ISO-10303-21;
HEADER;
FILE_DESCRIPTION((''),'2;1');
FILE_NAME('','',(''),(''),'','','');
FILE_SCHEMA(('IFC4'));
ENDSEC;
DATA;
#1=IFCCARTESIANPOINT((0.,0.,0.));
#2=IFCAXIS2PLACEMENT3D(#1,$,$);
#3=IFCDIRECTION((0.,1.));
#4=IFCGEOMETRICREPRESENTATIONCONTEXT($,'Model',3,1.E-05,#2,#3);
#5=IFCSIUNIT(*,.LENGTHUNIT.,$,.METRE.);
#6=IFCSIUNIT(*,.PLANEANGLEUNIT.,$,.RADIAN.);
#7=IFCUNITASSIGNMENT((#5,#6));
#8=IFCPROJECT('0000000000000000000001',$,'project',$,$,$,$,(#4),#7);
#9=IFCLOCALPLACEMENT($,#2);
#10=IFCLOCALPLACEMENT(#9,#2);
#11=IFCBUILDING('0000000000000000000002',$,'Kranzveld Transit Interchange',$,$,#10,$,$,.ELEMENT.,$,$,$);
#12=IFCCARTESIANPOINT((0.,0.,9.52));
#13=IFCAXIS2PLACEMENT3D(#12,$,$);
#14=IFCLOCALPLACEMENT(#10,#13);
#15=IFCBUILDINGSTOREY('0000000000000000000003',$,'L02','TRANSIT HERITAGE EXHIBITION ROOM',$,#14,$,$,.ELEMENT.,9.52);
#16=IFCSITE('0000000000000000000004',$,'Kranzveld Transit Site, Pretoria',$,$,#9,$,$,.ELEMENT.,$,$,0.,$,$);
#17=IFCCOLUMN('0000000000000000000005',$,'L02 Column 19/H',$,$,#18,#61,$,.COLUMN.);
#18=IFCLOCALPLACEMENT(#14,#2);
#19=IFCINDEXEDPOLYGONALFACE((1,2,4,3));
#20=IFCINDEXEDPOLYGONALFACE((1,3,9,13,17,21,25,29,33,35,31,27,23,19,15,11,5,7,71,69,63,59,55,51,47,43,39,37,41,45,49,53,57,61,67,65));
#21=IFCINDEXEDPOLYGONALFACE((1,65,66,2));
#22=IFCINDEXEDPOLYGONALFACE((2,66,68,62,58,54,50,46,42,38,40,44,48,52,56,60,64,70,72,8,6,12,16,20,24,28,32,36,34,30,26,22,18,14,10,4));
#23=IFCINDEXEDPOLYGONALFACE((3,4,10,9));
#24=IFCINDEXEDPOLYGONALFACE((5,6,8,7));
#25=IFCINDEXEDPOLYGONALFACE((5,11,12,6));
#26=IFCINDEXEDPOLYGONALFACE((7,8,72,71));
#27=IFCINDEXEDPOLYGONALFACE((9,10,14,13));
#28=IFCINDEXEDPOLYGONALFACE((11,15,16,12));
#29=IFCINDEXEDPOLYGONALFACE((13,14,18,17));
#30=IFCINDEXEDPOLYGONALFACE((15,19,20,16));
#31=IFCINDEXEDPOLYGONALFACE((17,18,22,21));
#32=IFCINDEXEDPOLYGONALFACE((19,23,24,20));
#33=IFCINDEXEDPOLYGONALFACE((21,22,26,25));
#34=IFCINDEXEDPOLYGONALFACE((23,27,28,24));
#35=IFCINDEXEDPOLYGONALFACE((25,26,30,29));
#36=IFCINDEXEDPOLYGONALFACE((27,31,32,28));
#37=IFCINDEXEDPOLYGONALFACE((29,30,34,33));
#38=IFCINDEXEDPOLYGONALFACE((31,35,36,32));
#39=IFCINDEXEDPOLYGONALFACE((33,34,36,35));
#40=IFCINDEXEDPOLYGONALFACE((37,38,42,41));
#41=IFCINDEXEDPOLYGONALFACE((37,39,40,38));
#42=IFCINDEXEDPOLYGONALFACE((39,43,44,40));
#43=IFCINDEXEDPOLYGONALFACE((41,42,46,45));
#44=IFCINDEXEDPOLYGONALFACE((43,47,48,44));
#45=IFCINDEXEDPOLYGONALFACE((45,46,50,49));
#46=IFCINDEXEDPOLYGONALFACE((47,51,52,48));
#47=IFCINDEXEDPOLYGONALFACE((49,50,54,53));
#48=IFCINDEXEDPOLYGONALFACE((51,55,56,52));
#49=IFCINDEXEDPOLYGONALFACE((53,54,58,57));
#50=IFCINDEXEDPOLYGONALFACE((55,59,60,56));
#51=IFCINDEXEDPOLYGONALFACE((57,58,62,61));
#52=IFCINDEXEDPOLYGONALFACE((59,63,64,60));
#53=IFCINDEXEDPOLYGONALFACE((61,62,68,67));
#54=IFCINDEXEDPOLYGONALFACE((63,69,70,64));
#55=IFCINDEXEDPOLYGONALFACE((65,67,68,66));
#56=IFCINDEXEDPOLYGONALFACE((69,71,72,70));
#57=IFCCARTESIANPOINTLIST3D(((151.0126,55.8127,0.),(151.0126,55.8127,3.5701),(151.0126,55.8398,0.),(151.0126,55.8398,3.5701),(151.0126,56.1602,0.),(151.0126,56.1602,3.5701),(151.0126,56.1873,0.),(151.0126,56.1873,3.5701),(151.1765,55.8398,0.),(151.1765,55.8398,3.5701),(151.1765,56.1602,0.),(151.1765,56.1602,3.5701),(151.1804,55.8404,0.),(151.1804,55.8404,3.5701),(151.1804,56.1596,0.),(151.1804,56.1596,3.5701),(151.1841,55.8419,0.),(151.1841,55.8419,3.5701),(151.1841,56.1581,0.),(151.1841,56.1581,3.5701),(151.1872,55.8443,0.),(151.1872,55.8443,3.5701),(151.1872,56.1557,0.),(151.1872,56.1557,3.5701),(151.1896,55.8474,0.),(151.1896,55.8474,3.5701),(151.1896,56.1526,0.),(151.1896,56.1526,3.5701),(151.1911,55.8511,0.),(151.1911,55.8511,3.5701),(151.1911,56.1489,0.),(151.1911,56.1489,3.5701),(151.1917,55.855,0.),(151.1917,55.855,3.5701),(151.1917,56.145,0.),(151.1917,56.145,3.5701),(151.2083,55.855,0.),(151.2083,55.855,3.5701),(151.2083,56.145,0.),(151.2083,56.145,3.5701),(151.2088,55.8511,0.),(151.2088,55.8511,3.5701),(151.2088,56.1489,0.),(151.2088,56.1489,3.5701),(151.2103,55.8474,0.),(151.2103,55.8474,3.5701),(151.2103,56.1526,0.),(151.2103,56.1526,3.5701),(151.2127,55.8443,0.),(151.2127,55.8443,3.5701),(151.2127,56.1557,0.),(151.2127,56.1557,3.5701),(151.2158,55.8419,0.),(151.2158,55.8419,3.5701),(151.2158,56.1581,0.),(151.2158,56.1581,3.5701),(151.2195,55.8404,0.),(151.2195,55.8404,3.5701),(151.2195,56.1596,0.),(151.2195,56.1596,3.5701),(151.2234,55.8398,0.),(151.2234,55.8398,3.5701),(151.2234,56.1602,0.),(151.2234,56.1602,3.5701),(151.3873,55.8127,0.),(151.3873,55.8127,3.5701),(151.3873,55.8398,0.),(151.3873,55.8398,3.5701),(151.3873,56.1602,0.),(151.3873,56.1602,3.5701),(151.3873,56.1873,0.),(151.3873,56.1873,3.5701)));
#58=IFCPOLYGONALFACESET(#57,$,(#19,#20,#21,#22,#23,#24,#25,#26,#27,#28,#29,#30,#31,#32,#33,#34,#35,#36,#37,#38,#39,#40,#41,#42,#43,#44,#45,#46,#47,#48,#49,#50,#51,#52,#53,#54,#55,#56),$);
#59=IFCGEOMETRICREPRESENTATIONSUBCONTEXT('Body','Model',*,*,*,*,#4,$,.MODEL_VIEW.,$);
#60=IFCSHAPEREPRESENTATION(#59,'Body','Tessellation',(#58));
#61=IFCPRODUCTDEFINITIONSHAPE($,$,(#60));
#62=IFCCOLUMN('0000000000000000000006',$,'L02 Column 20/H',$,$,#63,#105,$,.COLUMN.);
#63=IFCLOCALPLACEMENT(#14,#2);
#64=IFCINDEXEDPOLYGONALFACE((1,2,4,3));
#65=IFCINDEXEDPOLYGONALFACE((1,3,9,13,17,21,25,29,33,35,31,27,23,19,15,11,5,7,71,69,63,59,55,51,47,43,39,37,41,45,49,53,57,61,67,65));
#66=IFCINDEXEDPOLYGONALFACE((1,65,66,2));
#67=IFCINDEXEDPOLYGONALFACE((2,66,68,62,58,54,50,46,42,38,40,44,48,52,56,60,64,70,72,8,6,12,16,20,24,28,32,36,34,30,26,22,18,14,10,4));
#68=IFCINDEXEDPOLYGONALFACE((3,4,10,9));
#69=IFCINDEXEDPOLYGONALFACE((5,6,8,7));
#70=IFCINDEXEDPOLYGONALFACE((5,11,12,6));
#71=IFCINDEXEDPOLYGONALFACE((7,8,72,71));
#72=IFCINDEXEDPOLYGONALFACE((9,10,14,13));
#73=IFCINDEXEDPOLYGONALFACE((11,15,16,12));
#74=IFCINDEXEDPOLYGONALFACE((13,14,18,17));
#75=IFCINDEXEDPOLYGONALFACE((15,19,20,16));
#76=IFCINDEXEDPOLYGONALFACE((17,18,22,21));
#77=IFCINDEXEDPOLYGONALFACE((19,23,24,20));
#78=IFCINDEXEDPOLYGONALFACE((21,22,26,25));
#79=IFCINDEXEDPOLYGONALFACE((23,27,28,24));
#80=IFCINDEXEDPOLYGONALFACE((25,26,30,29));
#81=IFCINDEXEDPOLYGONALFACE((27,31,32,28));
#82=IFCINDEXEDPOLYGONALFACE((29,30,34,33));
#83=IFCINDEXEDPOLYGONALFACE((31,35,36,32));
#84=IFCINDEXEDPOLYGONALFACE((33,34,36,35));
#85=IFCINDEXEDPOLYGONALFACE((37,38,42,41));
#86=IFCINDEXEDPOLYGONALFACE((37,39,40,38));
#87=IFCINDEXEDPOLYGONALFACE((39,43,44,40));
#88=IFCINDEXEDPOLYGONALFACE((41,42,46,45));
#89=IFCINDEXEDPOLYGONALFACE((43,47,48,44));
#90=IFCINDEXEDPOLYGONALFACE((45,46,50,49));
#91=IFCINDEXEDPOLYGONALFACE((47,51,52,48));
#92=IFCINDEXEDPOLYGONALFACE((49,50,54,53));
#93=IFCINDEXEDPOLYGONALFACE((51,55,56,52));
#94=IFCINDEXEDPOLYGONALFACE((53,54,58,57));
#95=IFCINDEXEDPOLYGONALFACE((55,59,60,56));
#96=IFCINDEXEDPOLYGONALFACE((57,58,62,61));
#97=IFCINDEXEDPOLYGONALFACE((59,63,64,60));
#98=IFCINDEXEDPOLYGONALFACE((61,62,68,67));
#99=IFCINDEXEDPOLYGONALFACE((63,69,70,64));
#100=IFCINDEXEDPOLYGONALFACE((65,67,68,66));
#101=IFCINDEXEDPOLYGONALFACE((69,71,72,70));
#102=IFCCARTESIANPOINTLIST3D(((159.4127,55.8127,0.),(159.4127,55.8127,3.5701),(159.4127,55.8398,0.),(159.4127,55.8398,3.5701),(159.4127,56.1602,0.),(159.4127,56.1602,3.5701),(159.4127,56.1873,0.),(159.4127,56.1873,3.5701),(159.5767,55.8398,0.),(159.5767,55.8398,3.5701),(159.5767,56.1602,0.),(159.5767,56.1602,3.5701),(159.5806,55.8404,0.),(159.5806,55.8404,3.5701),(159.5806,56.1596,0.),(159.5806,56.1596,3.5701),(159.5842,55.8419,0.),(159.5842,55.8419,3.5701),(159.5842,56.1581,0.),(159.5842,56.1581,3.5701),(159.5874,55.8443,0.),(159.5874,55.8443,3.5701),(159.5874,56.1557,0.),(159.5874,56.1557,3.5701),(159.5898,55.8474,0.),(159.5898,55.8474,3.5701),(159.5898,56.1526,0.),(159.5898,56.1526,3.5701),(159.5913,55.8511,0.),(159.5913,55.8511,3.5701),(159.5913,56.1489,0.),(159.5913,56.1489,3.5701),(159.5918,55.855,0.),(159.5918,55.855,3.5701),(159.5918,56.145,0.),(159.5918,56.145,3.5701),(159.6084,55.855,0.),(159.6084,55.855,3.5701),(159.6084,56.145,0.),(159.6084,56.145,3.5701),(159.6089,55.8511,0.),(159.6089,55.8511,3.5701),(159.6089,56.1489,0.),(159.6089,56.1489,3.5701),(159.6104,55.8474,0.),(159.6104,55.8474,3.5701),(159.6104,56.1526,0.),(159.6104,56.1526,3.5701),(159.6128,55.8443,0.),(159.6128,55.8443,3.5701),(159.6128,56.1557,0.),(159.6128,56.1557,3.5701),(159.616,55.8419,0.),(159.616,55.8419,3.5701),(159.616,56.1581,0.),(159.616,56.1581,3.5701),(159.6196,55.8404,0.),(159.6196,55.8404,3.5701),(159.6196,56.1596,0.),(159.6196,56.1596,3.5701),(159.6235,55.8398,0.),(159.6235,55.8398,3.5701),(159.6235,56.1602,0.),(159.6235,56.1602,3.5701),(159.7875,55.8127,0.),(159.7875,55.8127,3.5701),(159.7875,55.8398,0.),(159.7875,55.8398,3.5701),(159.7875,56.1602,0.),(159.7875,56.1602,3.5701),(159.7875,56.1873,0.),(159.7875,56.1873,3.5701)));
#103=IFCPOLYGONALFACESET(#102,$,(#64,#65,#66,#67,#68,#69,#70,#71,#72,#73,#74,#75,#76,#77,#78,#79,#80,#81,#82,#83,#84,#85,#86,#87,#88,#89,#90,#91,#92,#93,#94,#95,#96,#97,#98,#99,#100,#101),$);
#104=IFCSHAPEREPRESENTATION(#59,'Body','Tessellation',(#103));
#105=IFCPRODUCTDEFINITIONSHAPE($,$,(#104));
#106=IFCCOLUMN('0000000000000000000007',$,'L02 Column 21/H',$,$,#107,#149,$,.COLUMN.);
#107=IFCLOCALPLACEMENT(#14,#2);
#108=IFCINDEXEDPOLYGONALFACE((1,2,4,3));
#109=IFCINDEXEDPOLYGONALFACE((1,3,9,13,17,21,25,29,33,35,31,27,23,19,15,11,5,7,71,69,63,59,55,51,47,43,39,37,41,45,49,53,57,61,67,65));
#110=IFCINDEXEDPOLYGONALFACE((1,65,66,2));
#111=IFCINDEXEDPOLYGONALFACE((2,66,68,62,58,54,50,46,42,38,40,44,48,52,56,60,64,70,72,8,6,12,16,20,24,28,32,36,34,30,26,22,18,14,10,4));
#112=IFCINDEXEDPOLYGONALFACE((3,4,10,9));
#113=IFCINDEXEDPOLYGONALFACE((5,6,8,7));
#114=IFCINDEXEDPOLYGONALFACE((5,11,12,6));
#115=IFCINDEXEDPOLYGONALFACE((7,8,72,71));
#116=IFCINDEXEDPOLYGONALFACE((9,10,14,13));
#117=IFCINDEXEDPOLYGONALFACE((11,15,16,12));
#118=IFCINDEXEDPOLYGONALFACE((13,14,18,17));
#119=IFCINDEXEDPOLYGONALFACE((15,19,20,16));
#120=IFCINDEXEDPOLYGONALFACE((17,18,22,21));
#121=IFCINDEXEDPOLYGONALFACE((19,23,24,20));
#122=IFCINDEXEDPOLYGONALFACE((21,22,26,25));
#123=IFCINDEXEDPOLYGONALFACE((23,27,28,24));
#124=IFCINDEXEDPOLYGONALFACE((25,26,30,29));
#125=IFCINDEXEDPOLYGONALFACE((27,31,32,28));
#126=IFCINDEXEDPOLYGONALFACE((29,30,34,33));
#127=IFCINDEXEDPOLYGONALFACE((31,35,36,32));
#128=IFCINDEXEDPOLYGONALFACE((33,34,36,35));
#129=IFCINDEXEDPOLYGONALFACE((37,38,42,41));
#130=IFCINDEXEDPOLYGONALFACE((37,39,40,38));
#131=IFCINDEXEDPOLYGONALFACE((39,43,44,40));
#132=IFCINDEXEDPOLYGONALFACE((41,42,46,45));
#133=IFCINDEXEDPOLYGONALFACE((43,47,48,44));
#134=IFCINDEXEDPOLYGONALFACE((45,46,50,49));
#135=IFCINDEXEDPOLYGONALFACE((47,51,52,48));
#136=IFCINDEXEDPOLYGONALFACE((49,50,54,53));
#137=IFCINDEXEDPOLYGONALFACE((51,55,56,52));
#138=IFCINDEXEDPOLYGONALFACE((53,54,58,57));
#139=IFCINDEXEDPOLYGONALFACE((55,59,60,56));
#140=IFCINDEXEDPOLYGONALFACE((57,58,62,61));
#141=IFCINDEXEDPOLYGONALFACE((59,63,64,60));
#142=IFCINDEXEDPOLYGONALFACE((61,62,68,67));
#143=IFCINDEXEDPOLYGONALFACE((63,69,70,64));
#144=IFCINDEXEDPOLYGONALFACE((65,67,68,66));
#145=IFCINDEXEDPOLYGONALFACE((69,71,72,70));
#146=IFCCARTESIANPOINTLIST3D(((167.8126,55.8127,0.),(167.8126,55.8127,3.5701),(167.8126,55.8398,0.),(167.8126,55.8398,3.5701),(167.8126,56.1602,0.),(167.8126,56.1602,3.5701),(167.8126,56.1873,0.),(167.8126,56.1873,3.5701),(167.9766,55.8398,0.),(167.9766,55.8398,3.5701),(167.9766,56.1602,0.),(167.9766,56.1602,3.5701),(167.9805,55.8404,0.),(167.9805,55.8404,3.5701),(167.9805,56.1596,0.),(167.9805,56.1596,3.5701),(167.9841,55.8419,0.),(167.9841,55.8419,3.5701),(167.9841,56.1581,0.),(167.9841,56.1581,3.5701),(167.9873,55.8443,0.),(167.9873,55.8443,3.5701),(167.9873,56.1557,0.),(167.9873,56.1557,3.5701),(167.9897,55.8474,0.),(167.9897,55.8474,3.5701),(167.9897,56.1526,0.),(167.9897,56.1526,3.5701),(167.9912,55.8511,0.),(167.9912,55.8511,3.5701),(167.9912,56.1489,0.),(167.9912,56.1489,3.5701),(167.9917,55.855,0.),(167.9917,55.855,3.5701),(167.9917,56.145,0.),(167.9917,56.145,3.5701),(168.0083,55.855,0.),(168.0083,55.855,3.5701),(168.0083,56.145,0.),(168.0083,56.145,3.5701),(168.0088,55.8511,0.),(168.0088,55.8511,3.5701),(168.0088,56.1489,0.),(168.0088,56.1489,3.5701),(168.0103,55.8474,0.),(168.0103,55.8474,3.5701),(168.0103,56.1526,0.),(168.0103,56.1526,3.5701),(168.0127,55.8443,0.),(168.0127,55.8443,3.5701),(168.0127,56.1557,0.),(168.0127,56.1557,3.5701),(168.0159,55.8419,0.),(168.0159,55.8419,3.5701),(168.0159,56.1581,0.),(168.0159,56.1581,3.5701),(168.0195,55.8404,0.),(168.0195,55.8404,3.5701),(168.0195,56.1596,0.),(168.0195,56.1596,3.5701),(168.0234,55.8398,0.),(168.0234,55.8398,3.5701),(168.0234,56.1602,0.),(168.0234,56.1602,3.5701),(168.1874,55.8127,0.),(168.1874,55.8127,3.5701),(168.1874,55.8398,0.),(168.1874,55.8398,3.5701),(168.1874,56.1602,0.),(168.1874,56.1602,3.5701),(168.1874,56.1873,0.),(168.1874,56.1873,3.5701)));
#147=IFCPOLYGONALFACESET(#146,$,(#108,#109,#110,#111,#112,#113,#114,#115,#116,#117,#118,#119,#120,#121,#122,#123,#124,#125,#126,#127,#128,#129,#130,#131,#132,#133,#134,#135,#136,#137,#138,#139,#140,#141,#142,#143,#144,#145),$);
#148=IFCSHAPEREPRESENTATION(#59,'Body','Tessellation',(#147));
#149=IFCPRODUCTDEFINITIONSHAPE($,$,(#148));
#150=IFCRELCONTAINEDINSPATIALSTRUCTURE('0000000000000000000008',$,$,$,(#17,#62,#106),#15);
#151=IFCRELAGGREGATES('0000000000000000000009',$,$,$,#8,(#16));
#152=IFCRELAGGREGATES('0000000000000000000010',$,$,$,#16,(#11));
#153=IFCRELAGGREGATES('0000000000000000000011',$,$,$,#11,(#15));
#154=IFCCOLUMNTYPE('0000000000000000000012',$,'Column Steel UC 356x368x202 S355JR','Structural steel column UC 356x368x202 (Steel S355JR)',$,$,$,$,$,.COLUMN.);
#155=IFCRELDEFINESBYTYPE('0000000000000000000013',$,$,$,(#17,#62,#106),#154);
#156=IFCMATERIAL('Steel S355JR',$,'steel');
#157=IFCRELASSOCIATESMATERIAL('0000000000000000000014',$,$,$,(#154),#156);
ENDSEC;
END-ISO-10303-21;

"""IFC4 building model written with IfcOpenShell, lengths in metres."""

from ifc_helpers import new_model, si_unit, direction, frame, origin, origin_2d, place, context, subcontext, project, spatial, i_section, extrude, material, material_profile, profile_set, type_object, element, save


model = new_model("IFC4")

# Units and contexts
model_context = context("Model", 3, precision=1e-05, world=origin(), true_north=direction((0.0, 1.0)))
body_context = subcontext(model_context, "Body", "Model", "MODEL_VIEW")
ifc_project = project(units=[si_unit("LENGTHUNIT", "METRE"), si_unit("PLANEANGLEUNIT", "RADIAN")], contexts=[model_context])

# Site, building, storey
site_placement = place(None, origin())
site = spatial("IfcSite", under=ifc_project, at=site_placement, Name="Kranzveld Transit Site, Pretoria", CompositionType="ELEMENT", RefElevation=0.0)
building_placement = place(site_placement, origin())
building = spatial("IfcBuilding", under=site, at=building_placement, Name="Kranzveld Transit Interchange", CompositionType="ELEMENT")
storey_placement = place(building_placement, frame((0.0, 0.0, 9.52)))
storey = spatial("IfcBuildingStorey", under=building, at=storey_placement, Name="L02", Description="TRANSIT HERITAGE EXHIBITION ROOM", CompositionType="ELEMENT", Elevation=9.52)

# Columns
ifc_material_1 = material(Name="Steel S355JR", Category="steel")
ifc_material_profile_1 = material_profile(ifc_material_1, i_section(OverallWidth=0.3748, OverallDepth=0.3745, WebThickness=0.0166, FlangeThickness=0.0271, FilletRadius=0.0151, at=origin_2d()), Name="UC 356x368x202")
ifc_profile_set_1 = profile_set([ifc_material_profile_1], Name="Steel S355JR")
column_type = type_object("IfcColumnType", Name="Column Steel UC 356x368x202 S355JR", Description="Structural steel column UC 356x368x202 (Steel S355JR)", PredefinedType="COLUMN", material=ifc_profile_set_1)
for number, where, z_axis, x_axis, name in (
    (1, (151.2, 56.0, 0.0), (0.0, 0.0, 1.0), (1.0, 0.0, 0.0), "L02 Column 19/H"),
    (2, (159.6001, 56.0, 0.0), (0.0, 0.0, 1.0), (1.0, 0.0, 0.0), "L02 Column 20/H"),
    (3, (168.0, 56.0, 0.0), (0.0, 0.0, 1.0), (1.0, 0.0, 0.0), "L02 Column 21/H"),
):
    element("IfcColumn", number, at=place(storey_placement, frame(where, z_axis=z_axis, x_axis=x_axis)), inside=storey, type_object=column_type, Name=name, PredefinedType="COLUMN", context=body_context, shape_type="SweptSolid", body=[
        extrude(i_section(OverallWidth=0.3748, OverallDepth=0.3745, WebThickness=0.0166, FlangeThickness=0.0271, FilletRadius=0.0151, at=origin_2d()), origin(), (0.0, 0.0, 1.0), 3.5701),
    ])

save(model, "model.ifc")
